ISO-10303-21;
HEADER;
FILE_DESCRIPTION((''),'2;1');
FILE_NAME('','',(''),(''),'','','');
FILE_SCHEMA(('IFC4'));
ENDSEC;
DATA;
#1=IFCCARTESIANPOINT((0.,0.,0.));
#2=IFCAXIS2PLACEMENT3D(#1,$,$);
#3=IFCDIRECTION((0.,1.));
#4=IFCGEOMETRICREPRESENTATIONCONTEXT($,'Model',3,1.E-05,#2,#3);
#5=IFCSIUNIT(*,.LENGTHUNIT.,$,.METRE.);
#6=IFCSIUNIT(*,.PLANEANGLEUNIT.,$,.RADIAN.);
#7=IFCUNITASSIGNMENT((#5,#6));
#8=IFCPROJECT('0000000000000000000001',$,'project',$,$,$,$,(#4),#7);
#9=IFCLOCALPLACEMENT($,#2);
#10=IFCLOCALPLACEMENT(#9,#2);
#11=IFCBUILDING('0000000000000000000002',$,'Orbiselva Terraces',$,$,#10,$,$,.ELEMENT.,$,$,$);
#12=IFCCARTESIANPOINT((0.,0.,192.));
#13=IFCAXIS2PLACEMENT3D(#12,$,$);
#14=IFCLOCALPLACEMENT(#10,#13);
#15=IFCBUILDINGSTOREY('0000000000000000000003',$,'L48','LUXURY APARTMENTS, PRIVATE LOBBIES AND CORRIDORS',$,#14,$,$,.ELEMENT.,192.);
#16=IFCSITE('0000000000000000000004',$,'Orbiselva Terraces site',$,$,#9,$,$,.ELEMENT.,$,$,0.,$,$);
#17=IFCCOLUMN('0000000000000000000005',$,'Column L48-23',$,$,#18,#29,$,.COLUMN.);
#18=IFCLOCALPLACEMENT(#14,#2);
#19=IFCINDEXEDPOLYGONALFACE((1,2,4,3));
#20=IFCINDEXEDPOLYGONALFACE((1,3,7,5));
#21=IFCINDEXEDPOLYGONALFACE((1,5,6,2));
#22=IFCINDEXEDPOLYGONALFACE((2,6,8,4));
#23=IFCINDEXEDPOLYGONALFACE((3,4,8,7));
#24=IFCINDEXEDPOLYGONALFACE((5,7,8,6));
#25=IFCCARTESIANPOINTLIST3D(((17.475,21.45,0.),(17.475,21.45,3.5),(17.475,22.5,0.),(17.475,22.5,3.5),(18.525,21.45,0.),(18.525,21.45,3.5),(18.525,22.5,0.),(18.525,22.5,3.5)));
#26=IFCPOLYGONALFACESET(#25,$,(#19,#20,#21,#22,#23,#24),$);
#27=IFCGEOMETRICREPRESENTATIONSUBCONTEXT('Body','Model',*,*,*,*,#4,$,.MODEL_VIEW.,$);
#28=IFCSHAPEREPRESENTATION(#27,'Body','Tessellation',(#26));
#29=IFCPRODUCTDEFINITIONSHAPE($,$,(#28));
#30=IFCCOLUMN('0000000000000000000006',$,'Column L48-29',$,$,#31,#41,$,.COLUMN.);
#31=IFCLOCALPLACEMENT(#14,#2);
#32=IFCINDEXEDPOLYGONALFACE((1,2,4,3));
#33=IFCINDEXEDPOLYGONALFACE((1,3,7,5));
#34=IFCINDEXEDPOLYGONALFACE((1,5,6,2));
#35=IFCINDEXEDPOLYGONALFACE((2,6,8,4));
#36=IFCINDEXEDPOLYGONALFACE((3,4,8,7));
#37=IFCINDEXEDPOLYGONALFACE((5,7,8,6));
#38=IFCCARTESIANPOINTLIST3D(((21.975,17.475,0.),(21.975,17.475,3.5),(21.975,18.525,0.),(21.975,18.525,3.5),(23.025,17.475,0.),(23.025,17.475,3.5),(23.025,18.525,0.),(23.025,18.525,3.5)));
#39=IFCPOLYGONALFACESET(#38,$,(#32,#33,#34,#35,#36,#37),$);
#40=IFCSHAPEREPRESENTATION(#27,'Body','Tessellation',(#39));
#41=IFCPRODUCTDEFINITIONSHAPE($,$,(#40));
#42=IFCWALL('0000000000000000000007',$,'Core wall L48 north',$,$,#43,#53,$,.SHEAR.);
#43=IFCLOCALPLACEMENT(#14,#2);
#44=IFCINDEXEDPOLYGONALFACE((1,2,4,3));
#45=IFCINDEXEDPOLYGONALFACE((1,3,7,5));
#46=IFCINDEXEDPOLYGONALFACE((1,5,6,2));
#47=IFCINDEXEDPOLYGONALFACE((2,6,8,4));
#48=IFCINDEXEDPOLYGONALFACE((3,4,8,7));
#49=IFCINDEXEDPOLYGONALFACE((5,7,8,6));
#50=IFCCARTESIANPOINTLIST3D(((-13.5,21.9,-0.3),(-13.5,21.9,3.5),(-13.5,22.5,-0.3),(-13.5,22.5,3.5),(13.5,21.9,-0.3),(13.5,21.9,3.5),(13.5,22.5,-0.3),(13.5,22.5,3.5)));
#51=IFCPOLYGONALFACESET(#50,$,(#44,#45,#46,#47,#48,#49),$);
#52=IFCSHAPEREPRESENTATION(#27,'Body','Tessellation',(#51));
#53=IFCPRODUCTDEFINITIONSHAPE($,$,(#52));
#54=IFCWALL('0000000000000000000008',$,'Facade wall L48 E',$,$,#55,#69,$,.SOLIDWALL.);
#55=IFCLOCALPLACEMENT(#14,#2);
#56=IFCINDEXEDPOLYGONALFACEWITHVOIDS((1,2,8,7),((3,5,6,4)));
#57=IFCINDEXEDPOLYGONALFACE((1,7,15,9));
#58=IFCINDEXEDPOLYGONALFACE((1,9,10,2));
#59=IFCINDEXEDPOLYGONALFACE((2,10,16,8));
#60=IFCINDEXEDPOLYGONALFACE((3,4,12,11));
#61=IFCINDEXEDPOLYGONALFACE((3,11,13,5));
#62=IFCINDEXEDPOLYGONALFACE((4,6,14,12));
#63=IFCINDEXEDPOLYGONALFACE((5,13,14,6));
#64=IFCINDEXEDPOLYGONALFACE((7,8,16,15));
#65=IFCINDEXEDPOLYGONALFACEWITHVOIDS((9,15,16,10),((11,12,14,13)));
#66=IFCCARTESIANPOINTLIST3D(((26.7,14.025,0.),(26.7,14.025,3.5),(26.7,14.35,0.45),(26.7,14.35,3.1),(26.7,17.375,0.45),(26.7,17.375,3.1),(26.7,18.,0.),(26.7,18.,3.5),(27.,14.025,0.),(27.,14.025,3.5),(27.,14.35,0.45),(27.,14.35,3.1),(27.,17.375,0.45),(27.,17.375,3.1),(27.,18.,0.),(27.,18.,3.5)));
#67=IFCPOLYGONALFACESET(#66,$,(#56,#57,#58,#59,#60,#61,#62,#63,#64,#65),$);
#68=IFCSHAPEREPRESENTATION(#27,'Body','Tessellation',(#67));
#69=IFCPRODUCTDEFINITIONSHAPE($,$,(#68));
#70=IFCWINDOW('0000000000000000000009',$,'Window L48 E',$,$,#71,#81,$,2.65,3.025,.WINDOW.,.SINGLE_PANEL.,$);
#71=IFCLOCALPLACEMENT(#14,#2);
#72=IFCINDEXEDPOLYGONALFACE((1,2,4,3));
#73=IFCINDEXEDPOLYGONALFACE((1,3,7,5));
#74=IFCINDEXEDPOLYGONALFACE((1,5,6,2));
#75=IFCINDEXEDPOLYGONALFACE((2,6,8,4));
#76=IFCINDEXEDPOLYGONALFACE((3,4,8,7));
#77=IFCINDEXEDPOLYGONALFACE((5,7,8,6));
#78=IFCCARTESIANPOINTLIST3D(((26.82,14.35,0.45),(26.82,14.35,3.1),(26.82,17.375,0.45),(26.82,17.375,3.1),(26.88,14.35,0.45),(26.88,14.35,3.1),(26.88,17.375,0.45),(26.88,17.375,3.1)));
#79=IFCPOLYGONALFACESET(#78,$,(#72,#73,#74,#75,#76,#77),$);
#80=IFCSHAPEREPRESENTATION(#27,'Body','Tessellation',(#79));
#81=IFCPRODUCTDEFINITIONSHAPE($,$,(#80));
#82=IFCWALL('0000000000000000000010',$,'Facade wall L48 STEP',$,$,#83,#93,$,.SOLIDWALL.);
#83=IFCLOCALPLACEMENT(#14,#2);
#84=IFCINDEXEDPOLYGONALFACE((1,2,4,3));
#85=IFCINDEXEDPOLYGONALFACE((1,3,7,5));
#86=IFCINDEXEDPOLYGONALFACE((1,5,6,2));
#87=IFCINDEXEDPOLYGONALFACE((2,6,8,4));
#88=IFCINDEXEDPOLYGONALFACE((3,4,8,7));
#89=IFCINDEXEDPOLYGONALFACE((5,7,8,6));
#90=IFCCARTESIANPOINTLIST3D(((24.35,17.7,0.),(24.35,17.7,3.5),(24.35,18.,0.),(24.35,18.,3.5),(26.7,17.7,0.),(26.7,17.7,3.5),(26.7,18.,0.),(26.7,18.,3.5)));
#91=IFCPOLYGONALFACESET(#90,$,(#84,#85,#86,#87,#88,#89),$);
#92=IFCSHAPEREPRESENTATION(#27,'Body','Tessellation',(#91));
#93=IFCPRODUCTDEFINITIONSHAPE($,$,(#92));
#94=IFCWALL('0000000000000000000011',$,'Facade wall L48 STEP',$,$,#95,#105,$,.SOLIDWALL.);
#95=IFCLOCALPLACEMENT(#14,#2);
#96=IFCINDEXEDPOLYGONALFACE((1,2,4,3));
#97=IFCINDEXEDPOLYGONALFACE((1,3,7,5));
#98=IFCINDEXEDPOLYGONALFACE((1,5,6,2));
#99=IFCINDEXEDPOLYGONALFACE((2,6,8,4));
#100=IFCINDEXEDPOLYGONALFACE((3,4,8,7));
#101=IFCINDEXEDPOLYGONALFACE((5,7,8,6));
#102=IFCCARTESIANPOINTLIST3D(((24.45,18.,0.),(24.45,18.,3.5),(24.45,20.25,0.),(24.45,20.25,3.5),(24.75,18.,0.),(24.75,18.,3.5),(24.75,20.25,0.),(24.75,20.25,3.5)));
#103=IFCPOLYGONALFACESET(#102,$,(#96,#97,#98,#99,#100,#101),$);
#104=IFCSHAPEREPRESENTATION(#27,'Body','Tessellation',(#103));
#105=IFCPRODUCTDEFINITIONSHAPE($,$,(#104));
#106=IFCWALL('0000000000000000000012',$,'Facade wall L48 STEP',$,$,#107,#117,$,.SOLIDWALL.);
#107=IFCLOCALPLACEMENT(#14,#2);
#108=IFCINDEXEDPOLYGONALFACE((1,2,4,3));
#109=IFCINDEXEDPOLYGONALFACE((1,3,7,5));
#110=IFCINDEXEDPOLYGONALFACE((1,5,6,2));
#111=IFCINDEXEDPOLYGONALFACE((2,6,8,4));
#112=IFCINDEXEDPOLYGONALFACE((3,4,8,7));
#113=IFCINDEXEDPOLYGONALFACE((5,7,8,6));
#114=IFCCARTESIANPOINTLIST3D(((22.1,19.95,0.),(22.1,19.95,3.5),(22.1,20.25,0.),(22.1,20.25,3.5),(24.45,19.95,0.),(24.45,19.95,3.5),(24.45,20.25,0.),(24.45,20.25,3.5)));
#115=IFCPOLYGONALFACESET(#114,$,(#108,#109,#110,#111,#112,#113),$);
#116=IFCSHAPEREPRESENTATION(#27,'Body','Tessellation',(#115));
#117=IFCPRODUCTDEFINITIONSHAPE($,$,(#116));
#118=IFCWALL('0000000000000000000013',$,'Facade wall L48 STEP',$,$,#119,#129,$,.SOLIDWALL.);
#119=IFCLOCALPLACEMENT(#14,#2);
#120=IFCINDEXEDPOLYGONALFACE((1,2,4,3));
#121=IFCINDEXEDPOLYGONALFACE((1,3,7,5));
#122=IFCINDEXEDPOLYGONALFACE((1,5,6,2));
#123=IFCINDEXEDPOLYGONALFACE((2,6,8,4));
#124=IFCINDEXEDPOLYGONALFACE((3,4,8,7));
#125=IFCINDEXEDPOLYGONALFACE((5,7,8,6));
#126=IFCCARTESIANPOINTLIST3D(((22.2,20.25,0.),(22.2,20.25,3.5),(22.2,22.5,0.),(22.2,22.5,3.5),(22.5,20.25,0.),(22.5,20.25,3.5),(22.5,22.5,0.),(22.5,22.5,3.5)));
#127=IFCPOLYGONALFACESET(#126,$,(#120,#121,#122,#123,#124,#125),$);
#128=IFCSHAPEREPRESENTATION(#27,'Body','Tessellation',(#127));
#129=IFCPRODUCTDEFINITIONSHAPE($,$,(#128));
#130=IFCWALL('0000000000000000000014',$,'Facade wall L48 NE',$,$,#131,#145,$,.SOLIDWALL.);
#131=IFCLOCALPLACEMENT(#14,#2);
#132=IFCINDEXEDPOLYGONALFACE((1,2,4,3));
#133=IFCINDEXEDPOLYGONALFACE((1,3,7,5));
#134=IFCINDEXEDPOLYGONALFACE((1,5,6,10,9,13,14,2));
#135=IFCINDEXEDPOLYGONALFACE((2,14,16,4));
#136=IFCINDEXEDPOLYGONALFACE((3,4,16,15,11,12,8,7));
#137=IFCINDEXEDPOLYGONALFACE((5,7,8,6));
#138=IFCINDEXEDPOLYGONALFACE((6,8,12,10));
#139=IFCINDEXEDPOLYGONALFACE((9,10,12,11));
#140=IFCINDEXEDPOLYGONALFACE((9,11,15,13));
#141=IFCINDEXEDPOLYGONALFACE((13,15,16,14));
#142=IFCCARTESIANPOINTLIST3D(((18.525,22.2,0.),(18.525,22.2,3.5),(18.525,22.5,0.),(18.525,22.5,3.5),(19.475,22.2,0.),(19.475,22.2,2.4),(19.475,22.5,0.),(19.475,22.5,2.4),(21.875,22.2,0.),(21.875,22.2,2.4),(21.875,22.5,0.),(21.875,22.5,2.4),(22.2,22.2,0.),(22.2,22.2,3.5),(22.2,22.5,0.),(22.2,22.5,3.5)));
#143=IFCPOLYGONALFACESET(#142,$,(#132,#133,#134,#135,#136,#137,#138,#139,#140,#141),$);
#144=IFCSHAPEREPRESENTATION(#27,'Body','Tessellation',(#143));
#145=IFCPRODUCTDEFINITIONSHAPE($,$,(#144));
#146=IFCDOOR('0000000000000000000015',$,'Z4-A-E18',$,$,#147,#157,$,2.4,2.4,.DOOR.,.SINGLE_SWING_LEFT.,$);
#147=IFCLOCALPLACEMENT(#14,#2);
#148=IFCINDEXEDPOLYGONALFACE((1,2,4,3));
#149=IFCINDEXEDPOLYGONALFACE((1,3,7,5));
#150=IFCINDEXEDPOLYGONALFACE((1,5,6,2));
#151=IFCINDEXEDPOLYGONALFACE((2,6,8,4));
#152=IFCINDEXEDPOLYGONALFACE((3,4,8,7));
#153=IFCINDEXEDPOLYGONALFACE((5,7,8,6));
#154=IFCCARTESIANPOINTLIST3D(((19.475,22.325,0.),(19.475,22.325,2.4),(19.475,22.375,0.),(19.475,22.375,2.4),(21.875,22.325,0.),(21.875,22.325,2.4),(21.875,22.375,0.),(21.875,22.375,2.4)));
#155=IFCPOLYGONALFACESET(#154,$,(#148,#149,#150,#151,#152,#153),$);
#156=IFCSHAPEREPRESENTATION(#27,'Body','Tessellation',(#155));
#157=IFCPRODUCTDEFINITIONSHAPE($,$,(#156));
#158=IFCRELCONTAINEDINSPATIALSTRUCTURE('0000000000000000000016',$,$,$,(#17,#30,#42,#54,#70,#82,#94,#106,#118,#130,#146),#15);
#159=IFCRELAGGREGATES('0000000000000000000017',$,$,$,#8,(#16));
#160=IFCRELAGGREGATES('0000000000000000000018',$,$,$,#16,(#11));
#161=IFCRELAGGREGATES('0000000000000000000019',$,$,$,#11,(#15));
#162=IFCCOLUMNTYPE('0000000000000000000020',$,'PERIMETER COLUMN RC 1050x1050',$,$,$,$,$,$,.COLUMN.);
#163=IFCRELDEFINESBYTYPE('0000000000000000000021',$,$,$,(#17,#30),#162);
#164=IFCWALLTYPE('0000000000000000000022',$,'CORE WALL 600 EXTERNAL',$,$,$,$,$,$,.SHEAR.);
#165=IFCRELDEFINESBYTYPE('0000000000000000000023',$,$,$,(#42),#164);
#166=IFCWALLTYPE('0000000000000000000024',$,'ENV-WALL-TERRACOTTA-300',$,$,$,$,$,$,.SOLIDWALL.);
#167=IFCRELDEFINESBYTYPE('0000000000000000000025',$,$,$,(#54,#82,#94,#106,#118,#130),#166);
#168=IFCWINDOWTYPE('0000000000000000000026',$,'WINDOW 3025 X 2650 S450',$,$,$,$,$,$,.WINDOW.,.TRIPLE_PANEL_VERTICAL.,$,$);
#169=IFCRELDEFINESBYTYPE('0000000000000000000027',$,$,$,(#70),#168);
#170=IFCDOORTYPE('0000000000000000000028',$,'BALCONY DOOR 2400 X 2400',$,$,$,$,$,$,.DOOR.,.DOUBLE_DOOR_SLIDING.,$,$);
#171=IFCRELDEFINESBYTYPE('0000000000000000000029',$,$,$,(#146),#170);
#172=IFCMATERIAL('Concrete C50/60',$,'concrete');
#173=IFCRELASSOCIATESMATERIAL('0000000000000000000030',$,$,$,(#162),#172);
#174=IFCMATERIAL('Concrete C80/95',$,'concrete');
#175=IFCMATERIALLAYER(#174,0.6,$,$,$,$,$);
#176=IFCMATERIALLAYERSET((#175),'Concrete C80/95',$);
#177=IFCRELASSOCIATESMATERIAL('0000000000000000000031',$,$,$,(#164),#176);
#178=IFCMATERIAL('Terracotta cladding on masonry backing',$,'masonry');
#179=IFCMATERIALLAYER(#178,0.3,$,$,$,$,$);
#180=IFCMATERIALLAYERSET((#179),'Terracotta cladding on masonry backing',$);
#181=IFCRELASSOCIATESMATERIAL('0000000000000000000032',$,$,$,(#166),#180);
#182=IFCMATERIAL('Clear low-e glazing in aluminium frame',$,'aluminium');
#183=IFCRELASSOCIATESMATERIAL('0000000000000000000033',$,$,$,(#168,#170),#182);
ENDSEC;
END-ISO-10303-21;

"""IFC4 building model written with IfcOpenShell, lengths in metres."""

from ifc_helpers import new_model, si_unit, direction, frame, frame_2d, origin, origin_2d, place, context, subcontext, project, spatial, rectangle, extrude, material, layer, layer_set, material_profile, profile_set, type_object, element, fill, save


model = new_model("IFC4")

# Units and contexts
model_context = context("Model", 3, precision=1e-05, world=origin(), true_north=direction((0.0, 1.0)))
body_context = subcontext(model_context, "Body", "Model", "MODEL_VIEW")
ifc_project = project(units=[si_unit("LENGTHUNIT", "METRE"), si_unit("PLANEANGLEUNIT", "RADIAN")], contexts=[model_context])

# Site, building, storey
site_placement = place(None, origin())
site = spatial("IfcSite", under=ifc_project, at=site_placement, Name="Orbiselva Terraces site", CompositionType="ELEMENT", RefElevation=0.0)
building_placement = place(site_placement, origin())
building = spatial("IfcBuilding", under=site, at=building_placement, Name="Orbiselva Terraces", CompositionType="ELEMENT")
storey_placement = place(building_placement, frame((0.0, 0.0, 192.0)))
storey = spatial("IfcBuildingStorey", under=building, at=storey_placement, Name="L48", Description="LUXURY APARTMENTS, PRIVATE LOBBIES AND CORRIDORS", CompositionType="ELEMENT", Elevation=192.0)

# Columns
ifc_material_1 = material(Name="Concrete C50/60", Category="concrete")
ifc_material_profile = material_profile(ifc_material_1, rectangle(XDim=1.05, YDim=1.05, at=origin_2d()), Name="RC 1050x1050")
ifc_profile_set = profile_set([ifc_material_profile], Name="Concrete C50/60")
column_type = type_object("IfcColumnType", Name="PERIMETER COLUMN RC 1050x1050", PredefinedType="COLUMN", material=ifc_profile_set)
for number, where, z_axis, x_axis, name in (
    (1, (18.0, 21.975, 0.0), (0.0, 0.0, 1.0), (1.0, 0.0, 0.0), "Column L48-23"),
    (2, (22.5, 18.0, 0.0), (0.0, 0.0, 1.0), (1.0, 0.0, 0.0), "Column L48-29"),
):
    element("IfcColumn", number, at=place(storey_placement, frame(where, z_axis=z_axis, x_axis=x_axis)), inside=storey, type_object=column_type, Name=name, PredefinedType="COLUMN", context=body_context, shape_type="SweptSolid", body=[
        extrude(rectangle(XDim=1.05, YDim=1.05, at=origin_2d()), origin(), (0.0, 0.0, 1.0), 3.5),
    ])

# Wall
ifc_material_2 = material(Name="Concrete C80/95", Category="concrete")
ifc_layer_1 = layer(ifc_material_2, 0.6)
ifc_layer_set_1 = layer_set([ifc_layer_1], Name="Concrete C80/95")
wall_type_1 = type_object("IfcWallType", Name="CORE WALL 600 EXTERNAL", PredefinedType="SHEAR", material=ifc_layer_set_1)
wall_1_placement = place(storey_placement, frame((13.5, 22.2, -0.3), z_axis=(0.0, 0.0, 1.0), x_axis=(-1.0, 0.0, 0.0)))
element("IfcWall", 3, at=wall_1_placement, inside=storey, type_object=wall_type_1, Name="Core wall L48 north", PredefinedType="SHEAR", context=body_context, shape_type="SweptSolid", body=[
    extrude(rectangle(XDim=27.0, YDim=0.6, at=frame_2d((13.5, 0.0))), origin(), (0.0, 0.0, 1.0), 3.8),
])

# Wall, opening, window
ifc_material_3 = material(Name="Terracotta cladding on masonry backing", Category="masonry")
ifc_layer_2 = layer(ifc_material_3, 0.3)
ifc_layer_set_2 = layer_set([ifc_layer_2], Name="Terracotta cladding on masonry backing")
wall_type_2 = type_object("IfcWallType", Name="ENV-WALL-TERRACOTTA-300", PredefinedType="SOLIDWALL", material=ifc_layer_set_2)
wall_2_placement = place(storey_placement, frame((26.85, 18.0, 0.0), z_axis=(0.0, 0.0, 1.0), x_axis=(0.0, -1.0, 0.0)))
wall_2 = element("IfcWall", 4, at=wall_2_placement, inside=storey, type_object=wall_type_2, Name="Facade wall L48 E", PredefinedType="SOLIDWALL", context=body_context, shape_type="SweptSolid", body=[
    extrude(rectangle(XDim=3.975, YDim=0.3, at=frame_2d((1.9875, 0.0))), origin(), (0.0, 0.0, 1.0), 3.5),
])
opening_1_placement = place(wall_2_placement, frame((0.625, 0.0, 0.45)))
opening_1 = element("IfcOpeningElement", 5, at=opening_1_placement, cuts=wall_2, PredefinedType="OPENING", context=body_context, shape_type="SweptSolid", body=[
    extrude(rectangle(XDim=3.025, YDim=2.65, at=frame_2d((1.5125, 1.325))), frame((0.0, 0.16, 0.0), z_axis=(0.0, -1.0, 0.0), x_axis=(1.0, 0.0, 0.0)), (0.0, 0.0, 1.0), 0.32),
])
ifc_material_4 = material(Name="Clear low-e glazing in aluminium frame", Category="aluminium")
window_type = type_object("IfcWindowType", Name="WINDOW 3025 X 2650 S450", PartitioningType="TRIPLE_PANEL_VERTICAL", PredefinedType="WINDOW", material=ifc_material_4)
window_1_placement = place(opening_1_placement, origin())
window_1 = element("IfcWindow", 6, at=window_1_placement, inside=storey, type_object=window_type, Name="Window L48 E", OverallHeight=2.65, OverallWidth=3.025, PartitioningType="SINGLE_PANEL", PredefinedType="WINDOW", context=body_context, shape_type="SweptSolid", body=[
    extrude(rectangle(XDim=3.025, YDim=2.65, at=frame_2d((1.5125, 1.325))), frame((0.0, 0.03, 0.0), z_axis=(0.0, -1.0, 0.0), x_axis=(1.0, 0.0, 0.0)), (0.0, 0.0, 1.0), 0.06),
])
fill(opening_1, window_1)

# Walls
wall_3_placement = place(storey_placement, frame((24.35, 17.85, 0.0), z_axis=(0.0, 0.0, 1.0), x_axis=(1.0, 0.0, 0.0)))
element("IfcWall", 7, at=wall_3_placement, inside=storey, type_object=wall_type_2, Name="Facade wall L48 STEP", PredefinedType="SOLIDWALL", context=body_context, shape_type="SweptSolid", body=[
    extrude(rectangle(XDim=2.35, YDim=0.3, at=frame_2d((1.175, 0.0))), origin(), (0.0, 0.0, 1.0), 3.5),
])
wall_4_placement = place(storey_placement, frame((24.6, 20.25, 0.0), z_axis=(0.0, 0.0, 1.0), x_axis=(0.0, -1.0, 0.0)))
element("IfcWall", 8, at=wall_4_placement, inside=storey, type_object=wall_type_2, Name="Facade wall L48 STEP", PredefinedType="SOLIDWALL", context=body_context, shape_type="SweptSolid", body=[
    extrude(rectangle(XDim=2.25, YDim=0.3, at=frame_2d((1.125, 0.0))), origin(), (0.0, 0.0, 1.0), 3.5),
])
wall_5_placement = place(storey_placement, frame((22.1, 20.1, 0.0), z_axis=(0.0, 0.0, 1.0), x_axis=(1.0, 0.0, 0.0)))
element("IfcWall", 9, at=wall_5_placement, inside=storey, type_object=wall_type_2, Name="Facade wall L48 STEP", PredefinedType="SOLIDWALL", context=body_context, shape_type="SweptSolid", body=[
    extrude(rectangle(XDim=2.35, YDim=0.3, at=frame_2d((1.175, 0.0))), origin(), (0.0, 0.0, 1.0), 3.5),
])
wall_6_placement = place(storey_placement, frame((22.35, 22.5, 0.0), z_axis=(0.0, 0.0, 1.0), x_axis=(0.0, -1.0, 0.0)))
element("IfcWall", 10, at=wall_6_placement, inside=storey, type_object=wall_type_2, Name="Facade wall L48 STEP", PredefinedType="SOLIDWALL", context=body_context, shape_type="SweptSolid", body=[
    extrude(rectangle(XDim=2.25, YDim=0.3, at=frame_2d((1.125, 0.0))), origin(), (0.0, 0.0, 1.0), 3.5),
])

# Wall, opening, door
wall_7_placement = place(storey_placement, frame((18.525, 22.35, 0.0), z_axis=(0.0, 0.0, 1.0), x_axis=(1.0, 0.0, 0.0)))
wall_7 = element("IfcWall", 11, at=wall_7_placement, inside=storey, type_object=wall_type_2, Name="Facade wall L48 NE", PredefinedType="SOLIDWALL", context=body_context, shape_type="SweptSolid", body=[
    extrude(rectangle(XDim=3.675, YDim=0.3, at=frame_2d((1.8375, 0.0))), origin(), (0.0, 0.0, 1.0), 3.5),
])
opening_2_placement = place(wall_7_placement, frame((0.95, 0.0, 0.0)))
opening_2 = element("IfcOpeningElement", 12, at=opening_2_placement, cuts=wall_7, PredefinedType="OPENING", context=body_context, shape_type="SweptSolid", body=[
    extrude(rectangle(XDim=2.4, YDim=2.4, at=frame_2d((1.2, 1.2))), frame((0.0, 0.16, 0.0), z_axis=(0.0, -1.0, 0.0), x_axis=(1.0, 0.0, 0.0)), (0.0, 0.0, 1.0), 0.32),
])
door_type_1 = type_object("IfcDoorType", Name="BALCONY DOOR 2400 X 2400", OperationType="DOUBLE_DOOR_SLIDING", PredefinedType="DOOR", material=ifc_material_4)
door_1_placement = place(opening_2_placement, origin())
door_1 = element("IfcDoor", 13, at=door_1_placement, inside=storey, type_object=door_type_1, Name="Z4-A-E18", OperationType="SINGLE_SWING_LEFT", OverallHeight=2.4, OverallWidth=2.4, PredefinedType="DOOR", context=body_context, shape_type="SweptSolid", body=[
    extrude(rectangle(XDim=2.4, YDim=2.4, at=frame_2d((1.2, 1.2))), frame((0.0, 0.025, 0.0), z_axis=(0.0, -1.0, 0.0), x_axis=(1.0, 0.0, 0.0)), (0.0, 0.0, 1.0), 0.05),
])
fill(opening_2, door_1)

save(model, "model.ifc")
